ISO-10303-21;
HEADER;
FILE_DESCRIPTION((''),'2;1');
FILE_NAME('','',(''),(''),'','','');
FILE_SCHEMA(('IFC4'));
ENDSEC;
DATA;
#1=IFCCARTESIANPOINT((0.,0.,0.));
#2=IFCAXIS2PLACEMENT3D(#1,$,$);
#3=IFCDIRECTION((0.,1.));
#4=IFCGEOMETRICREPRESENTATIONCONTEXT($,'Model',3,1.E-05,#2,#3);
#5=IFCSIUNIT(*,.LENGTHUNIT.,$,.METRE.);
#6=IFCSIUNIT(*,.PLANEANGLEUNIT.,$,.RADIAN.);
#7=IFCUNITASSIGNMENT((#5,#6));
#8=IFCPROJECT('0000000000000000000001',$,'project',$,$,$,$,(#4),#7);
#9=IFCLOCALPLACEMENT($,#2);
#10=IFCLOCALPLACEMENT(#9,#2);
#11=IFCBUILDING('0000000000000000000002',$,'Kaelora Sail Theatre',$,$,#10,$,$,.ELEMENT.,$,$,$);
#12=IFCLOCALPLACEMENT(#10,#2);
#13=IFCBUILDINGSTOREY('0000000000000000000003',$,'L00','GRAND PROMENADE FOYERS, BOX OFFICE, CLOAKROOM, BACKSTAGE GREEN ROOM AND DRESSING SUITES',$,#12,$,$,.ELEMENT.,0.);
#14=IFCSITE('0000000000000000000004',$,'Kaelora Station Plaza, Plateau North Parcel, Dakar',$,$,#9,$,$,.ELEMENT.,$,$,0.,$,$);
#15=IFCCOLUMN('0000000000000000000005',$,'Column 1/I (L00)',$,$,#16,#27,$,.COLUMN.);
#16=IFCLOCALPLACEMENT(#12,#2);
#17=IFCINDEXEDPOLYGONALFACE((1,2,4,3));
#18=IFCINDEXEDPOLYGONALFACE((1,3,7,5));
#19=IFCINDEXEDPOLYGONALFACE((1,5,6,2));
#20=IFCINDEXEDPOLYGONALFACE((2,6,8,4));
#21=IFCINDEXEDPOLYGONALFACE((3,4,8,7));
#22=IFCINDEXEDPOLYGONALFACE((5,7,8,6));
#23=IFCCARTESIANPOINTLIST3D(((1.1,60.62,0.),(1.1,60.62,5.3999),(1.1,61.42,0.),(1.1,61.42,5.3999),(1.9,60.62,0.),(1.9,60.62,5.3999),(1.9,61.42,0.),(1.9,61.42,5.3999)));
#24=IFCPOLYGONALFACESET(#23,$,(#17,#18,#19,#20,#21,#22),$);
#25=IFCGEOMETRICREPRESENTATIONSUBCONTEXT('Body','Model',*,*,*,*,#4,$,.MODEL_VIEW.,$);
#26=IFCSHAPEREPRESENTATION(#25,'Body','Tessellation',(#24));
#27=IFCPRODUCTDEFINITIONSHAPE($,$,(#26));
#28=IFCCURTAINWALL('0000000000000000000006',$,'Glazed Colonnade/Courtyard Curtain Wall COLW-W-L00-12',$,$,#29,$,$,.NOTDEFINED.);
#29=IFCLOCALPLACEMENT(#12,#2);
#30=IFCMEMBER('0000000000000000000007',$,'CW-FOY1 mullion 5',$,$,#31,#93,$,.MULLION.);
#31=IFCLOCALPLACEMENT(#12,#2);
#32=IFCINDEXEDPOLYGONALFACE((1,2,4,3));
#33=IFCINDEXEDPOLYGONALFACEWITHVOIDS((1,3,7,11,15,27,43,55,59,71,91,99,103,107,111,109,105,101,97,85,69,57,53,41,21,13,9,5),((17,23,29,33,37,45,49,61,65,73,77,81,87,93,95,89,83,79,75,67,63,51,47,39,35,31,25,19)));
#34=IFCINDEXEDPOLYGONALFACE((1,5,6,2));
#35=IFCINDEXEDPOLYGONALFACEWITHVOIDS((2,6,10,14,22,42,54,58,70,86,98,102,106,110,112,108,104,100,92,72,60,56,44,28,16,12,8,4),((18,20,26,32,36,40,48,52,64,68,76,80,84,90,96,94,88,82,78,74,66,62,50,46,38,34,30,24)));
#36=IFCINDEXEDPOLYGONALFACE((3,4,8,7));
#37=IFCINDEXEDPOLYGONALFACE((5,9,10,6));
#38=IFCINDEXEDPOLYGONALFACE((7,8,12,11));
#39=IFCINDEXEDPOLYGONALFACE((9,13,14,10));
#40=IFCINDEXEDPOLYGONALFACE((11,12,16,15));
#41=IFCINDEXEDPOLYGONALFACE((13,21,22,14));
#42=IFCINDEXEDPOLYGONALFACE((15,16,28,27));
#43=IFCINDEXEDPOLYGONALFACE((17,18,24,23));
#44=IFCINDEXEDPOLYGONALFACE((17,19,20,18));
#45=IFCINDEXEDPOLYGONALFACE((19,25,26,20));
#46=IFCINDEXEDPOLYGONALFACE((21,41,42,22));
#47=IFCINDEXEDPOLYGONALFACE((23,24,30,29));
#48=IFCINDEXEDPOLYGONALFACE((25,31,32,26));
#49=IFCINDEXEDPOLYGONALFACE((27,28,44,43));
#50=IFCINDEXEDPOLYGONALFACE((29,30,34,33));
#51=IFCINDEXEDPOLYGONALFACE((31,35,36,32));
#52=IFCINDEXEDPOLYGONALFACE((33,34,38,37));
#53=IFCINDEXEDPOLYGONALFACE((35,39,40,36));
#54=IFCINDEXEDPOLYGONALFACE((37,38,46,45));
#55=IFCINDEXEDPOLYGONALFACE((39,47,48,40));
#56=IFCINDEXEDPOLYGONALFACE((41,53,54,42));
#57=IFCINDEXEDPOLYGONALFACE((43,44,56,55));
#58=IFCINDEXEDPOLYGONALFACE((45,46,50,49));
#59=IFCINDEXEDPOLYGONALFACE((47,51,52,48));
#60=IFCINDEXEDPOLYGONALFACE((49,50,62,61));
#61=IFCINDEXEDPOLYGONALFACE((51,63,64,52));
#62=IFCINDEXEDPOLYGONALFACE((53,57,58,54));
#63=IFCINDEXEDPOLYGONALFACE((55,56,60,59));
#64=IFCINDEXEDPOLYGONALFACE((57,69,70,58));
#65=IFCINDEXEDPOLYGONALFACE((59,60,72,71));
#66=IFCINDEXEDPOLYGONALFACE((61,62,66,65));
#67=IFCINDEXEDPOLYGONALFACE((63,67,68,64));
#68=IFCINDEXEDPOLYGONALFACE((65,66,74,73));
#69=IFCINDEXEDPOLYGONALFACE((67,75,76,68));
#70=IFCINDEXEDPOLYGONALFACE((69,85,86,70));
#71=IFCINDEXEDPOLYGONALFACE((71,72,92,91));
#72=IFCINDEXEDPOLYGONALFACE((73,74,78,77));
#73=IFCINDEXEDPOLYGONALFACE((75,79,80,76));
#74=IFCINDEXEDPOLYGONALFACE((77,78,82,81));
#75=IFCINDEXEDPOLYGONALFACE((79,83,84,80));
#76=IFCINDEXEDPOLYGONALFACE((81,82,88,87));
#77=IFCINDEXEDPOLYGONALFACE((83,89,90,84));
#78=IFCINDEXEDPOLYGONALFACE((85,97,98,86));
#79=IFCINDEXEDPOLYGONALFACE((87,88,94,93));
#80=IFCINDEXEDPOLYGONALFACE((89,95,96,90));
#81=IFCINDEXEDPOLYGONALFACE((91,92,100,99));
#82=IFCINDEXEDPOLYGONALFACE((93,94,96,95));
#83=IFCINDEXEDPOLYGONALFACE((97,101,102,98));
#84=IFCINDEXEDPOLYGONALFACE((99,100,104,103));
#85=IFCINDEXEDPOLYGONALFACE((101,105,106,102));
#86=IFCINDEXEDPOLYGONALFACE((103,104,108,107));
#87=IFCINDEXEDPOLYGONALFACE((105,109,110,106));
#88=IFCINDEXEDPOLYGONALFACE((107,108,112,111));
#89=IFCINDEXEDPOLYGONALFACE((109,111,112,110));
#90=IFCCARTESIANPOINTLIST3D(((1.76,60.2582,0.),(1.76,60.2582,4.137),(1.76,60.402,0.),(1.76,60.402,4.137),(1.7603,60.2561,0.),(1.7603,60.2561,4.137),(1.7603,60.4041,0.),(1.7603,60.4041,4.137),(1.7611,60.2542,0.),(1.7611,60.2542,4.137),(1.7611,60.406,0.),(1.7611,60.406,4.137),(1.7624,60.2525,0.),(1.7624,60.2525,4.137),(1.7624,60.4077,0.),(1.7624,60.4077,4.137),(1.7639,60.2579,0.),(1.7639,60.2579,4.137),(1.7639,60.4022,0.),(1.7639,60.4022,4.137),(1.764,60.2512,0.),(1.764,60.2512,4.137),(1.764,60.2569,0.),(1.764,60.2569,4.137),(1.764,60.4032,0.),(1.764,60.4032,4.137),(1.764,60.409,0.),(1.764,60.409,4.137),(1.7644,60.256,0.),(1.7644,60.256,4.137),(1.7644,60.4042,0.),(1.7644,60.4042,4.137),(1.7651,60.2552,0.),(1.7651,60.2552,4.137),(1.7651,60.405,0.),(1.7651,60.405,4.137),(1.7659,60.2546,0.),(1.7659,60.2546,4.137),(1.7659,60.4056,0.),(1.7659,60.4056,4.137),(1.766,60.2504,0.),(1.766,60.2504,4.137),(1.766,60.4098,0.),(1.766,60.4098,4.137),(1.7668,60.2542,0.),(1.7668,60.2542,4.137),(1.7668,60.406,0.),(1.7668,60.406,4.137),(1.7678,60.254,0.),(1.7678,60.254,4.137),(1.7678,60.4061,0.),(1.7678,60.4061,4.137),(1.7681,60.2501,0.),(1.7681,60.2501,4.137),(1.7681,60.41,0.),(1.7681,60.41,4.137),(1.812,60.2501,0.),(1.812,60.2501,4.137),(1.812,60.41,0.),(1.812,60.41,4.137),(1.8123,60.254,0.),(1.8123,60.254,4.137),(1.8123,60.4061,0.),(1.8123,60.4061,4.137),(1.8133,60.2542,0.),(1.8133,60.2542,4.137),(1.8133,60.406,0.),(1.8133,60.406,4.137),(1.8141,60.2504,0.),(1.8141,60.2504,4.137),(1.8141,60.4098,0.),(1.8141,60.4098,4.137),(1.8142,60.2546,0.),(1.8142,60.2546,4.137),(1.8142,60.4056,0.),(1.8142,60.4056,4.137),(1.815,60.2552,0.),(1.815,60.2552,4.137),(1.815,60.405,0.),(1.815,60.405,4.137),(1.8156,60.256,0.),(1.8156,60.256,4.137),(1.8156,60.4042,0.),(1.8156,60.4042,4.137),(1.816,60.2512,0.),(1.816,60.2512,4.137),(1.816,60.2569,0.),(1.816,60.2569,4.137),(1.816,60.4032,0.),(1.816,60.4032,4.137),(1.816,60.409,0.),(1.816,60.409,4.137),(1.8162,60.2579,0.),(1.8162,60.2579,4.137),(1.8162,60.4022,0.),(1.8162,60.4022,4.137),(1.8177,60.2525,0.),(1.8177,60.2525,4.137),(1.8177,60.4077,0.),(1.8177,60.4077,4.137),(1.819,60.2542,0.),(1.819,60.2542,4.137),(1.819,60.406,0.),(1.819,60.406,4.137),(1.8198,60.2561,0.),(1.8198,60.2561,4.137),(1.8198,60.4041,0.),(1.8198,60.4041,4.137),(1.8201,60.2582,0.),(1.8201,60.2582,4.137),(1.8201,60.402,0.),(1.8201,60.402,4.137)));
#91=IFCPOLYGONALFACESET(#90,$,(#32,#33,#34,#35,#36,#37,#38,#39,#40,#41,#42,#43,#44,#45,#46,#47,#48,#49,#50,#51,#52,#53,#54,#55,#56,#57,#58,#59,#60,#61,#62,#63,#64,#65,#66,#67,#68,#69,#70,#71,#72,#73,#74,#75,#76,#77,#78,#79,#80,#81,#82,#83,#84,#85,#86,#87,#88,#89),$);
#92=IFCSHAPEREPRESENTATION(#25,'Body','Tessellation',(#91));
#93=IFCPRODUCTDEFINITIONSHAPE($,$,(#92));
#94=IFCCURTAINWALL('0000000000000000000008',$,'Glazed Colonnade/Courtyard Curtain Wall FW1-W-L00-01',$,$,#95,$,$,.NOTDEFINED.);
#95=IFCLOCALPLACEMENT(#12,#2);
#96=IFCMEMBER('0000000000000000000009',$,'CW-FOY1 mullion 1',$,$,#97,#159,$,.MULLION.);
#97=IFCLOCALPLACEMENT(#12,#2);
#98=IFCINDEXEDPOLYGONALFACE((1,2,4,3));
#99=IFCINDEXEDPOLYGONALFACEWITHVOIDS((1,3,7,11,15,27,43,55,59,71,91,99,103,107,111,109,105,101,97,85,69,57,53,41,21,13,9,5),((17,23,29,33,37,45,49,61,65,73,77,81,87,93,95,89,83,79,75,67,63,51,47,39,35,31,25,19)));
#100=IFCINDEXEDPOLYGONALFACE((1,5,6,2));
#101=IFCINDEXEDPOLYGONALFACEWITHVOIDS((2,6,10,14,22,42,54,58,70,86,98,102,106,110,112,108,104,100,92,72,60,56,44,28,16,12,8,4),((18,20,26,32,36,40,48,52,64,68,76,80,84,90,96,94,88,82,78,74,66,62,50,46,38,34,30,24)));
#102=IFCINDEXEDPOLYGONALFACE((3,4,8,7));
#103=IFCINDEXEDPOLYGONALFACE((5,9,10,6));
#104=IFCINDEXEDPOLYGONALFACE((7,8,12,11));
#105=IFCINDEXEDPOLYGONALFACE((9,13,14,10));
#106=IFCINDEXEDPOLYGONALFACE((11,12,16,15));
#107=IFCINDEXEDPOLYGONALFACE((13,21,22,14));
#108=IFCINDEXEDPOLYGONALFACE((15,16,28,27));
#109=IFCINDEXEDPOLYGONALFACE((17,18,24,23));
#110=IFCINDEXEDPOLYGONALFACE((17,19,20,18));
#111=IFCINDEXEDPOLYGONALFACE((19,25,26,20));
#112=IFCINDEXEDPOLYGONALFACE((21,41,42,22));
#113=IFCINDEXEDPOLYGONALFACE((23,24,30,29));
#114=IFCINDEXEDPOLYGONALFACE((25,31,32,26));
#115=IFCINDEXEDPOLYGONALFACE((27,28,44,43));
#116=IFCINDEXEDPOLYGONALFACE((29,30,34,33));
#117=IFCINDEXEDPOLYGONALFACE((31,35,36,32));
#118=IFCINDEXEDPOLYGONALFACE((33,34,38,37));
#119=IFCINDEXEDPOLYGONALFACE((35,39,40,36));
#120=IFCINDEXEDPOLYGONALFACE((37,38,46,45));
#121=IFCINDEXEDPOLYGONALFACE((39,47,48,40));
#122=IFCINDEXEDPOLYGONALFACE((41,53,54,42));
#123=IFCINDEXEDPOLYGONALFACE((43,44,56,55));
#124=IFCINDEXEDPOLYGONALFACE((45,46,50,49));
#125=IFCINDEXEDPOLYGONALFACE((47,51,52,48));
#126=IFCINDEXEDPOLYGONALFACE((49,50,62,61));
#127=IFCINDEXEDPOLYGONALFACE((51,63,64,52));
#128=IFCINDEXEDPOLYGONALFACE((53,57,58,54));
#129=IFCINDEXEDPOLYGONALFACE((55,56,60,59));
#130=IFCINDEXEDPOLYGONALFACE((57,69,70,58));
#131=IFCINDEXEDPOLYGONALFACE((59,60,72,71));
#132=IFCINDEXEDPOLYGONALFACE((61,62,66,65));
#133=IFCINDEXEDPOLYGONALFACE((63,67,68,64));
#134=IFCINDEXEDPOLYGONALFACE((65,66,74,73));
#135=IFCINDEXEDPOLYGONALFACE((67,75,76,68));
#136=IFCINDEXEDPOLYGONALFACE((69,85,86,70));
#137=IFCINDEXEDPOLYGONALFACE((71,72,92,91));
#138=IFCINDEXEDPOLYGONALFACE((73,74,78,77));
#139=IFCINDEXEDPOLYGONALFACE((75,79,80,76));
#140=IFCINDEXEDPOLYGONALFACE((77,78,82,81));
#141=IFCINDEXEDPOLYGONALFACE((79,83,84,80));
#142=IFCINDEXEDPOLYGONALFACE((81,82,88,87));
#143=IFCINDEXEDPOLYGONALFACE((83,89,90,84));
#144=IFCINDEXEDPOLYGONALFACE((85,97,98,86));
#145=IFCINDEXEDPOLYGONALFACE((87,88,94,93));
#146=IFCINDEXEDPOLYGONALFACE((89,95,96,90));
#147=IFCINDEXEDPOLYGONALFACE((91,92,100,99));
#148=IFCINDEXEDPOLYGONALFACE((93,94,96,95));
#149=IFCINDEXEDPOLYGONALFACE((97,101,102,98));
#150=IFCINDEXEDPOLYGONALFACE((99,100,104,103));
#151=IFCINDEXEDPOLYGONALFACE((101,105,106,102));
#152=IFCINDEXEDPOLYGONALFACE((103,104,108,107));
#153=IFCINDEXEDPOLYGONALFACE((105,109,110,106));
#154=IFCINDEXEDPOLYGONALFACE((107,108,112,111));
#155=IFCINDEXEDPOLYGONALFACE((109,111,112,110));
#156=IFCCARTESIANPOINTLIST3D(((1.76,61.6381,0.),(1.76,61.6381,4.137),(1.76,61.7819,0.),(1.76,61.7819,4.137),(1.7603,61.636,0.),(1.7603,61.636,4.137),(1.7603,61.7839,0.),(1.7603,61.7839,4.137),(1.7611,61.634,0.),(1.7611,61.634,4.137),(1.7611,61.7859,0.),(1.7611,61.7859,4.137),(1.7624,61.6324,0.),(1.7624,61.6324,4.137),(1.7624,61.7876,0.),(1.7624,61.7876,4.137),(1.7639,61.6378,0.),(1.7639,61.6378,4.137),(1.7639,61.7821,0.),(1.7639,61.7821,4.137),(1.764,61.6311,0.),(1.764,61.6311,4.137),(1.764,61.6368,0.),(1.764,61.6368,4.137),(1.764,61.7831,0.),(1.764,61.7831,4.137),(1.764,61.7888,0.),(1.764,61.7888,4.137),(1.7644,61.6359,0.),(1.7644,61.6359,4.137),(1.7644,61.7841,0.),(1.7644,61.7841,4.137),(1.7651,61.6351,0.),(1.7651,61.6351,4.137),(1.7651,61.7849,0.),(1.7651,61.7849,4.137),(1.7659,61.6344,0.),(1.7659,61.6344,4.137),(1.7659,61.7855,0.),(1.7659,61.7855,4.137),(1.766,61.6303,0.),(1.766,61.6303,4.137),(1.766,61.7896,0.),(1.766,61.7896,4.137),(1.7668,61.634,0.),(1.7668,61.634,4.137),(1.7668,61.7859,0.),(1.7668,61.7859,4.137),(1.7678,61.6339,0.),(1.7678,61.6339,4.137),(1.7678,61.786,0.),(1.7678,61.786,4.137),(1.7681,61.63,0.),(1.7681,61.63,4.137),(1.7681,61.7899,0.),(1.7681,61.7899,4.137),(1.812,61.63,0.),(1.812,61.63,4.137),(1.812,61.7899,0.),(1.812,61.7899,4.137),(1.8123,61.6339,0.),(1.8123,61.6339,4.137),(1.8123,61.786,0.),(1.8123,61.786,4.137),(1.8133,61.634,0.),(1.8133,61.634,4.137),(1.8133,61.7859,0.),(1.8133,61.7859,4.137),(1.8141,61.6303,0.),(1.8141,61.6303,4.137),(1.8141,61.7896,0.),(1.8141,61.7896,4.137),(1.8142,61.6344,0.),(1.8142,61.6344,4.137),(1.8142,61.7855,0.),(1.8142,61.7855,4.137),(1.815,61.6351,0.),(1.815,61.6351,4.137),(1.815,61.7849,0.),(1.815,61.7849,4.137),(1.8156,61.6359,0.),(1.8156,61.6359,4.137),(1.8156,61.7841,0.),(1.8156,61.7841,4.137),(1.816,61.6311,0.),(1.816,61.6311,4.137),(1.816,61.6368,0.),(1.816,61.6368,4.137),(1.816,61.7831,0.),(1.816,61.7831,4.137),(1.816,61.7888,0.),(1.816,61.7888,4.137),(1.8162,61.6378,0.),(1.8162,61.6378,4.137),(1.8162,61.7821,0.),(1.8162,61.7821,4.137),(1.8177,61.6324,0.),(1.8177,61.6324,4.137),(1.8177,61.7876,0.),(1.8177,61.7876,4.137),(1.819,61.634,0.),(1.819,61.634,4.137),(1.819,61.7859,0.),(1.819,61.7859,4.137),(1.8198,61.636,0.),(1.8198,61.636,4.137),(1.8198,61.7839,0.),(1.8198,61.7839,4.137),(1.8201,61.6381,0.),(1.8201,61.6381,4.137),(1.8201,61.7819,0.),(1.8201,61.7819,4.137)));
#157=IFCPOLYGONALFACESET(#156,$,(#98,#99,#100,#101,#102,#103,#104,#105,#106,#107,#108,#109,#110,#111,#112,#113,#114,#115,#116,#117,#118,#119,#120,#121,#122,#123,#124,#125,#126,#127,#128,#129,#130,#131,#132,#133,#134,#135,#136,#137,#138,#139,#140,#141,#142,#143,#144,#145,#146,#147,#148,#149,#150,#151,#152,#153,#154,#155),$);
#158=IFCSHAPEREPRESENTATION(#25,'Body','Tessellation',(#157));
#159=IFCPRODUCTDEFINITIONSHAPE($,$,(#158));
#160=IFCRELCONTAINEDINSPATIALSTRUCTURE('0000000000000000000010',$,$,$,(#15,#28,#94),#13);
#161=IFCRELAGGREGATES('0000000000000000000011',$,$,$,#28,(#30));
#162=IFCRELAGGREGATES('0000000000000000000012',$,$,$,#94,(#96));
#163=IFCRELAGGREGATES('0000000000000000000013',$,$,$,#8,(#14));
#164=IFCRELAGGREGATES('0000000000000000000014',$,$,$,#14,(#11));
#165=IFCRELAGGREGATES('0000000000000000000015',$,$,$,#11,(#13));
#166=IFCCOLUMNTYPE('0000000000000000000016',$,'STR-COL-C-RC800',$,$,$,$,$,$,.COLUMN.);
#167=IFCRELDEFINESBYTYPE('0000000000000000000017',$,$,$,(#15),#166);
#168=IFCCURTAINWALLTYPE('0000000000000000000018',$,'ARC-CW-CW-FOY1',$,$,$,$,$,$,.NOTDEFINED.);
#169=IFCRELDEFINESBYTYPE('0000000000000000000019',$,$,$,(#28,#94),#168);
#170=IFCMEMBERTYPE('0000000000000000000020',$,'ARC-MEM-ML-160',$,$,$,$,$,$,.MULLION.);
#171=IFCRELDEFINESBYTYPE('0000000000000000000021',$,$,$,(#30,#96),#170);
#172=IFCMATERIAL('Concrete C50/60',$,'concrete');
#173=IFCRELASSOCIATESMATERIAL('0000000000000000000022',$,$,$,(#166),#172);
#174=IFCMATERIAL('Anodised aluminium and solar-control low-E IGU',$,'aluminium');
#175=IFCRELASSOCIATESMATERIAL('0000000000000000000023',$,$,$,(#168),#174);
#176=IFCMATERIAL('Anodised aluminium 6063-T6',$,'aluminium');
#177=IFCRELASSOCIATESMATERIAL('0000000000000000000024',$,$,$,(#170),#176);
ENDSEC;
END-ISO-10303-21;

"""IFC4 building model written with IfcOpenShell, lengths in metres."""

from ifc_helpers import new_model, si_unit, direction, frame, origin, origin_2d, place, context, subcontext, project, spatial, rectangle, hollow_rectangle, extrude, material, material_profile, profile_set, type_object, element, aggregate, save


model = new_model("IFC4")

# Units and contexts
model_context = context("Model", 3, precision=1e-05, world=origin(), true_north=direction((0.0, 1.0)))
body_context = subcontext(model_context, "Body", "Model", "MODEL_VIEW")
ifc_project = project(units=[si_unit("LENGTHUNIT", "METRE"), si_unit("PLANEANGLEUNIT", "RADIAN")], contexts=[model_context])

# Site, building, storey
site_placement = place(None, origin())
site = spatial("IfcSite", under=ifc_project, at=site_placement, Name="Kaelora Station Plaza, Plateau North Parcel, Dakar", CompositionType="ELEMENT", RefElevation=0.0)
building_placement = place(site_placement, origin())
building = spatial("IfcBuilding", under=site, at=building_placement, Name="Kaelora Sail Theatre", CompositionType="ELEMENT")
storey_placement = place(building_placement, origin())
storey = spatial("IfcBuildingStorey", under=building, at=storey_placement, Name="L00", Description="GRAND PROMENADE FOYERS, BOX OFFICE, CLOAKROOM, BACKSTAGE GREEN ROOM AND DRESSING SUITES", CompositionType="ELEMENT", Elevation=0.0)

# Column
ifc_material_1 = material(Name="Concrete C50/60", Category="concrete")
ifc_material_profile_1 = material_profile(ifc_material_1, rectangle(XDim=0.8, YDim=0.8, at=origin_2d()), Name="RC-COL 800x800")
ifc_profile_set_1 = profile_set([ifc_material_profile_1], Name="Concrete C50/60")
column_type = type_object("IfcColumnType", Name="STR-COL-C-RC800", PredefinedType="COLUMN", material=ifc_profile_set_1)
column_placement = place(storey_placement, frame((1.5, 61.02, 0.0), z_axis=(0.0, 0.0, 1.0), x_axis=(1.0, 0.0, 0.0)))
element("IfcColumn", 1, at=column_placement, inside=storey, type_object=column_type, Name="Column 1/I (L00)", PredefinedType="COLUMN", context=body_context, shape_type="SweptSolid", body=[
    extrude(rectangle(XDim=0.8, YDim=0.8, at=origin_2d()), origin(), (0.0, 0.0, 1.0), 5.3999),
])

# Curtain wall, member
ifc_material_2 = material(Name="Anodised aluminium and solar-control low-E IGU", Category="aluminium")
curtain_wall_type = type_object("IfcCurtainWallType", Name="ARC-CW-CW-FOY1", PredefinedType="NOTDEFINED", material=ifc_material_2)
curtain_wall_1_placement = place(storey_placement, origin())
curtain_wall_1 = element("IfcCurtainWall", 2, at=curtain_wall_1_placement, inside=storey, type_object=curtain_wall_type, Name="Glazed Colonnade/Courtyard Curtain Wall COLW-W-L00-12", PredefinedType="NOTDEFINED")
ifc_material_3 = material(Name="Anodised aluminium 6063-T6", Category="aluminium")
ifc_material_profile_2 = material_profile(ifc_material_3, hollow_rectangle(XDim=0.0601, YDim=0.1599, WallThickness=0.0039, InnerFilletRadius=0.0039, OuterFilletRadius=0.0081, at=origin_2d()), Name="ALU-MULL 60x160x4")
ifc_profile_set_2 = profile_set([ifc_material_profile_2], Name="Anodised aluminium 6063-T6")
member_type_1 = type_object("IfcMemberType", Name="ARC-MEM-ML-160", PredefinedType="MULLION", material=ifc_profile_set_2)
member_1_placement = place(storey_placement, frame((1.79, 60.3301, 0.0), z_axis=(0.0, 0.0, 1.0), x_axis=(-1.0, 0.0, 0.0)))
member_1 = element("IfcMember", 3, at=member_1_placement, type_object=member_type_1, Name="CW-FOY1 mullion 5", PredefinedType="MULLION", context=body_context, shape_type="SweptSolid", body=[
    extrude(hollow_rectangle(XDim=0.0601, YDim=0.1599, WallThickness=0.0039, InnerFilletRadius=0.0039, OuterFilletRadius=0.0081, at=origin_2d()), origin(), (0.0, 0.0, 1.0), 4.137),
])

# Curtain wall, member
curtain_wall_2_placement = place(storey_placement, origin())
curtain_wall_2 = element("IfcCurtainWall", 4, at=curtain_wall_2_placement, inside=storey, type_object=curtain_wall_type, Name="Glazed Colonnade/Courtyard Curtain Wall FW1-W-L00-01", PredefinedType="NOTDEFINED")
member_2_placement = place(storey_placement, frame((1.79, 61.71, 0.0), z_axis=(0.0, 0.0, 1.0), x_axis=(-1.0, 0.0, 0.0)))
member_2 = element("IfcMember", 5, at=member_2_placement, type_object=member_type_1, Name="CW-FOY1 mullion 1", PredefinedType="MULLION", context=body_context, shape_type="SweptSolid", body=[
    extrude(hollow_rectangle(XDim=0.0601, YDim=0.1599, WallThickness=0.0039, InnerFilletRadius=0.0039, OuterFilletRadius=0.0081, at=origin_2d()), origin(), (0.0, 0.0, 1.0), 4.137),
])

aggregate(curtain_wall_1, [member_1])
aggregate(curtain_wall_2, [member_2])

save(model, "model.ifc")
